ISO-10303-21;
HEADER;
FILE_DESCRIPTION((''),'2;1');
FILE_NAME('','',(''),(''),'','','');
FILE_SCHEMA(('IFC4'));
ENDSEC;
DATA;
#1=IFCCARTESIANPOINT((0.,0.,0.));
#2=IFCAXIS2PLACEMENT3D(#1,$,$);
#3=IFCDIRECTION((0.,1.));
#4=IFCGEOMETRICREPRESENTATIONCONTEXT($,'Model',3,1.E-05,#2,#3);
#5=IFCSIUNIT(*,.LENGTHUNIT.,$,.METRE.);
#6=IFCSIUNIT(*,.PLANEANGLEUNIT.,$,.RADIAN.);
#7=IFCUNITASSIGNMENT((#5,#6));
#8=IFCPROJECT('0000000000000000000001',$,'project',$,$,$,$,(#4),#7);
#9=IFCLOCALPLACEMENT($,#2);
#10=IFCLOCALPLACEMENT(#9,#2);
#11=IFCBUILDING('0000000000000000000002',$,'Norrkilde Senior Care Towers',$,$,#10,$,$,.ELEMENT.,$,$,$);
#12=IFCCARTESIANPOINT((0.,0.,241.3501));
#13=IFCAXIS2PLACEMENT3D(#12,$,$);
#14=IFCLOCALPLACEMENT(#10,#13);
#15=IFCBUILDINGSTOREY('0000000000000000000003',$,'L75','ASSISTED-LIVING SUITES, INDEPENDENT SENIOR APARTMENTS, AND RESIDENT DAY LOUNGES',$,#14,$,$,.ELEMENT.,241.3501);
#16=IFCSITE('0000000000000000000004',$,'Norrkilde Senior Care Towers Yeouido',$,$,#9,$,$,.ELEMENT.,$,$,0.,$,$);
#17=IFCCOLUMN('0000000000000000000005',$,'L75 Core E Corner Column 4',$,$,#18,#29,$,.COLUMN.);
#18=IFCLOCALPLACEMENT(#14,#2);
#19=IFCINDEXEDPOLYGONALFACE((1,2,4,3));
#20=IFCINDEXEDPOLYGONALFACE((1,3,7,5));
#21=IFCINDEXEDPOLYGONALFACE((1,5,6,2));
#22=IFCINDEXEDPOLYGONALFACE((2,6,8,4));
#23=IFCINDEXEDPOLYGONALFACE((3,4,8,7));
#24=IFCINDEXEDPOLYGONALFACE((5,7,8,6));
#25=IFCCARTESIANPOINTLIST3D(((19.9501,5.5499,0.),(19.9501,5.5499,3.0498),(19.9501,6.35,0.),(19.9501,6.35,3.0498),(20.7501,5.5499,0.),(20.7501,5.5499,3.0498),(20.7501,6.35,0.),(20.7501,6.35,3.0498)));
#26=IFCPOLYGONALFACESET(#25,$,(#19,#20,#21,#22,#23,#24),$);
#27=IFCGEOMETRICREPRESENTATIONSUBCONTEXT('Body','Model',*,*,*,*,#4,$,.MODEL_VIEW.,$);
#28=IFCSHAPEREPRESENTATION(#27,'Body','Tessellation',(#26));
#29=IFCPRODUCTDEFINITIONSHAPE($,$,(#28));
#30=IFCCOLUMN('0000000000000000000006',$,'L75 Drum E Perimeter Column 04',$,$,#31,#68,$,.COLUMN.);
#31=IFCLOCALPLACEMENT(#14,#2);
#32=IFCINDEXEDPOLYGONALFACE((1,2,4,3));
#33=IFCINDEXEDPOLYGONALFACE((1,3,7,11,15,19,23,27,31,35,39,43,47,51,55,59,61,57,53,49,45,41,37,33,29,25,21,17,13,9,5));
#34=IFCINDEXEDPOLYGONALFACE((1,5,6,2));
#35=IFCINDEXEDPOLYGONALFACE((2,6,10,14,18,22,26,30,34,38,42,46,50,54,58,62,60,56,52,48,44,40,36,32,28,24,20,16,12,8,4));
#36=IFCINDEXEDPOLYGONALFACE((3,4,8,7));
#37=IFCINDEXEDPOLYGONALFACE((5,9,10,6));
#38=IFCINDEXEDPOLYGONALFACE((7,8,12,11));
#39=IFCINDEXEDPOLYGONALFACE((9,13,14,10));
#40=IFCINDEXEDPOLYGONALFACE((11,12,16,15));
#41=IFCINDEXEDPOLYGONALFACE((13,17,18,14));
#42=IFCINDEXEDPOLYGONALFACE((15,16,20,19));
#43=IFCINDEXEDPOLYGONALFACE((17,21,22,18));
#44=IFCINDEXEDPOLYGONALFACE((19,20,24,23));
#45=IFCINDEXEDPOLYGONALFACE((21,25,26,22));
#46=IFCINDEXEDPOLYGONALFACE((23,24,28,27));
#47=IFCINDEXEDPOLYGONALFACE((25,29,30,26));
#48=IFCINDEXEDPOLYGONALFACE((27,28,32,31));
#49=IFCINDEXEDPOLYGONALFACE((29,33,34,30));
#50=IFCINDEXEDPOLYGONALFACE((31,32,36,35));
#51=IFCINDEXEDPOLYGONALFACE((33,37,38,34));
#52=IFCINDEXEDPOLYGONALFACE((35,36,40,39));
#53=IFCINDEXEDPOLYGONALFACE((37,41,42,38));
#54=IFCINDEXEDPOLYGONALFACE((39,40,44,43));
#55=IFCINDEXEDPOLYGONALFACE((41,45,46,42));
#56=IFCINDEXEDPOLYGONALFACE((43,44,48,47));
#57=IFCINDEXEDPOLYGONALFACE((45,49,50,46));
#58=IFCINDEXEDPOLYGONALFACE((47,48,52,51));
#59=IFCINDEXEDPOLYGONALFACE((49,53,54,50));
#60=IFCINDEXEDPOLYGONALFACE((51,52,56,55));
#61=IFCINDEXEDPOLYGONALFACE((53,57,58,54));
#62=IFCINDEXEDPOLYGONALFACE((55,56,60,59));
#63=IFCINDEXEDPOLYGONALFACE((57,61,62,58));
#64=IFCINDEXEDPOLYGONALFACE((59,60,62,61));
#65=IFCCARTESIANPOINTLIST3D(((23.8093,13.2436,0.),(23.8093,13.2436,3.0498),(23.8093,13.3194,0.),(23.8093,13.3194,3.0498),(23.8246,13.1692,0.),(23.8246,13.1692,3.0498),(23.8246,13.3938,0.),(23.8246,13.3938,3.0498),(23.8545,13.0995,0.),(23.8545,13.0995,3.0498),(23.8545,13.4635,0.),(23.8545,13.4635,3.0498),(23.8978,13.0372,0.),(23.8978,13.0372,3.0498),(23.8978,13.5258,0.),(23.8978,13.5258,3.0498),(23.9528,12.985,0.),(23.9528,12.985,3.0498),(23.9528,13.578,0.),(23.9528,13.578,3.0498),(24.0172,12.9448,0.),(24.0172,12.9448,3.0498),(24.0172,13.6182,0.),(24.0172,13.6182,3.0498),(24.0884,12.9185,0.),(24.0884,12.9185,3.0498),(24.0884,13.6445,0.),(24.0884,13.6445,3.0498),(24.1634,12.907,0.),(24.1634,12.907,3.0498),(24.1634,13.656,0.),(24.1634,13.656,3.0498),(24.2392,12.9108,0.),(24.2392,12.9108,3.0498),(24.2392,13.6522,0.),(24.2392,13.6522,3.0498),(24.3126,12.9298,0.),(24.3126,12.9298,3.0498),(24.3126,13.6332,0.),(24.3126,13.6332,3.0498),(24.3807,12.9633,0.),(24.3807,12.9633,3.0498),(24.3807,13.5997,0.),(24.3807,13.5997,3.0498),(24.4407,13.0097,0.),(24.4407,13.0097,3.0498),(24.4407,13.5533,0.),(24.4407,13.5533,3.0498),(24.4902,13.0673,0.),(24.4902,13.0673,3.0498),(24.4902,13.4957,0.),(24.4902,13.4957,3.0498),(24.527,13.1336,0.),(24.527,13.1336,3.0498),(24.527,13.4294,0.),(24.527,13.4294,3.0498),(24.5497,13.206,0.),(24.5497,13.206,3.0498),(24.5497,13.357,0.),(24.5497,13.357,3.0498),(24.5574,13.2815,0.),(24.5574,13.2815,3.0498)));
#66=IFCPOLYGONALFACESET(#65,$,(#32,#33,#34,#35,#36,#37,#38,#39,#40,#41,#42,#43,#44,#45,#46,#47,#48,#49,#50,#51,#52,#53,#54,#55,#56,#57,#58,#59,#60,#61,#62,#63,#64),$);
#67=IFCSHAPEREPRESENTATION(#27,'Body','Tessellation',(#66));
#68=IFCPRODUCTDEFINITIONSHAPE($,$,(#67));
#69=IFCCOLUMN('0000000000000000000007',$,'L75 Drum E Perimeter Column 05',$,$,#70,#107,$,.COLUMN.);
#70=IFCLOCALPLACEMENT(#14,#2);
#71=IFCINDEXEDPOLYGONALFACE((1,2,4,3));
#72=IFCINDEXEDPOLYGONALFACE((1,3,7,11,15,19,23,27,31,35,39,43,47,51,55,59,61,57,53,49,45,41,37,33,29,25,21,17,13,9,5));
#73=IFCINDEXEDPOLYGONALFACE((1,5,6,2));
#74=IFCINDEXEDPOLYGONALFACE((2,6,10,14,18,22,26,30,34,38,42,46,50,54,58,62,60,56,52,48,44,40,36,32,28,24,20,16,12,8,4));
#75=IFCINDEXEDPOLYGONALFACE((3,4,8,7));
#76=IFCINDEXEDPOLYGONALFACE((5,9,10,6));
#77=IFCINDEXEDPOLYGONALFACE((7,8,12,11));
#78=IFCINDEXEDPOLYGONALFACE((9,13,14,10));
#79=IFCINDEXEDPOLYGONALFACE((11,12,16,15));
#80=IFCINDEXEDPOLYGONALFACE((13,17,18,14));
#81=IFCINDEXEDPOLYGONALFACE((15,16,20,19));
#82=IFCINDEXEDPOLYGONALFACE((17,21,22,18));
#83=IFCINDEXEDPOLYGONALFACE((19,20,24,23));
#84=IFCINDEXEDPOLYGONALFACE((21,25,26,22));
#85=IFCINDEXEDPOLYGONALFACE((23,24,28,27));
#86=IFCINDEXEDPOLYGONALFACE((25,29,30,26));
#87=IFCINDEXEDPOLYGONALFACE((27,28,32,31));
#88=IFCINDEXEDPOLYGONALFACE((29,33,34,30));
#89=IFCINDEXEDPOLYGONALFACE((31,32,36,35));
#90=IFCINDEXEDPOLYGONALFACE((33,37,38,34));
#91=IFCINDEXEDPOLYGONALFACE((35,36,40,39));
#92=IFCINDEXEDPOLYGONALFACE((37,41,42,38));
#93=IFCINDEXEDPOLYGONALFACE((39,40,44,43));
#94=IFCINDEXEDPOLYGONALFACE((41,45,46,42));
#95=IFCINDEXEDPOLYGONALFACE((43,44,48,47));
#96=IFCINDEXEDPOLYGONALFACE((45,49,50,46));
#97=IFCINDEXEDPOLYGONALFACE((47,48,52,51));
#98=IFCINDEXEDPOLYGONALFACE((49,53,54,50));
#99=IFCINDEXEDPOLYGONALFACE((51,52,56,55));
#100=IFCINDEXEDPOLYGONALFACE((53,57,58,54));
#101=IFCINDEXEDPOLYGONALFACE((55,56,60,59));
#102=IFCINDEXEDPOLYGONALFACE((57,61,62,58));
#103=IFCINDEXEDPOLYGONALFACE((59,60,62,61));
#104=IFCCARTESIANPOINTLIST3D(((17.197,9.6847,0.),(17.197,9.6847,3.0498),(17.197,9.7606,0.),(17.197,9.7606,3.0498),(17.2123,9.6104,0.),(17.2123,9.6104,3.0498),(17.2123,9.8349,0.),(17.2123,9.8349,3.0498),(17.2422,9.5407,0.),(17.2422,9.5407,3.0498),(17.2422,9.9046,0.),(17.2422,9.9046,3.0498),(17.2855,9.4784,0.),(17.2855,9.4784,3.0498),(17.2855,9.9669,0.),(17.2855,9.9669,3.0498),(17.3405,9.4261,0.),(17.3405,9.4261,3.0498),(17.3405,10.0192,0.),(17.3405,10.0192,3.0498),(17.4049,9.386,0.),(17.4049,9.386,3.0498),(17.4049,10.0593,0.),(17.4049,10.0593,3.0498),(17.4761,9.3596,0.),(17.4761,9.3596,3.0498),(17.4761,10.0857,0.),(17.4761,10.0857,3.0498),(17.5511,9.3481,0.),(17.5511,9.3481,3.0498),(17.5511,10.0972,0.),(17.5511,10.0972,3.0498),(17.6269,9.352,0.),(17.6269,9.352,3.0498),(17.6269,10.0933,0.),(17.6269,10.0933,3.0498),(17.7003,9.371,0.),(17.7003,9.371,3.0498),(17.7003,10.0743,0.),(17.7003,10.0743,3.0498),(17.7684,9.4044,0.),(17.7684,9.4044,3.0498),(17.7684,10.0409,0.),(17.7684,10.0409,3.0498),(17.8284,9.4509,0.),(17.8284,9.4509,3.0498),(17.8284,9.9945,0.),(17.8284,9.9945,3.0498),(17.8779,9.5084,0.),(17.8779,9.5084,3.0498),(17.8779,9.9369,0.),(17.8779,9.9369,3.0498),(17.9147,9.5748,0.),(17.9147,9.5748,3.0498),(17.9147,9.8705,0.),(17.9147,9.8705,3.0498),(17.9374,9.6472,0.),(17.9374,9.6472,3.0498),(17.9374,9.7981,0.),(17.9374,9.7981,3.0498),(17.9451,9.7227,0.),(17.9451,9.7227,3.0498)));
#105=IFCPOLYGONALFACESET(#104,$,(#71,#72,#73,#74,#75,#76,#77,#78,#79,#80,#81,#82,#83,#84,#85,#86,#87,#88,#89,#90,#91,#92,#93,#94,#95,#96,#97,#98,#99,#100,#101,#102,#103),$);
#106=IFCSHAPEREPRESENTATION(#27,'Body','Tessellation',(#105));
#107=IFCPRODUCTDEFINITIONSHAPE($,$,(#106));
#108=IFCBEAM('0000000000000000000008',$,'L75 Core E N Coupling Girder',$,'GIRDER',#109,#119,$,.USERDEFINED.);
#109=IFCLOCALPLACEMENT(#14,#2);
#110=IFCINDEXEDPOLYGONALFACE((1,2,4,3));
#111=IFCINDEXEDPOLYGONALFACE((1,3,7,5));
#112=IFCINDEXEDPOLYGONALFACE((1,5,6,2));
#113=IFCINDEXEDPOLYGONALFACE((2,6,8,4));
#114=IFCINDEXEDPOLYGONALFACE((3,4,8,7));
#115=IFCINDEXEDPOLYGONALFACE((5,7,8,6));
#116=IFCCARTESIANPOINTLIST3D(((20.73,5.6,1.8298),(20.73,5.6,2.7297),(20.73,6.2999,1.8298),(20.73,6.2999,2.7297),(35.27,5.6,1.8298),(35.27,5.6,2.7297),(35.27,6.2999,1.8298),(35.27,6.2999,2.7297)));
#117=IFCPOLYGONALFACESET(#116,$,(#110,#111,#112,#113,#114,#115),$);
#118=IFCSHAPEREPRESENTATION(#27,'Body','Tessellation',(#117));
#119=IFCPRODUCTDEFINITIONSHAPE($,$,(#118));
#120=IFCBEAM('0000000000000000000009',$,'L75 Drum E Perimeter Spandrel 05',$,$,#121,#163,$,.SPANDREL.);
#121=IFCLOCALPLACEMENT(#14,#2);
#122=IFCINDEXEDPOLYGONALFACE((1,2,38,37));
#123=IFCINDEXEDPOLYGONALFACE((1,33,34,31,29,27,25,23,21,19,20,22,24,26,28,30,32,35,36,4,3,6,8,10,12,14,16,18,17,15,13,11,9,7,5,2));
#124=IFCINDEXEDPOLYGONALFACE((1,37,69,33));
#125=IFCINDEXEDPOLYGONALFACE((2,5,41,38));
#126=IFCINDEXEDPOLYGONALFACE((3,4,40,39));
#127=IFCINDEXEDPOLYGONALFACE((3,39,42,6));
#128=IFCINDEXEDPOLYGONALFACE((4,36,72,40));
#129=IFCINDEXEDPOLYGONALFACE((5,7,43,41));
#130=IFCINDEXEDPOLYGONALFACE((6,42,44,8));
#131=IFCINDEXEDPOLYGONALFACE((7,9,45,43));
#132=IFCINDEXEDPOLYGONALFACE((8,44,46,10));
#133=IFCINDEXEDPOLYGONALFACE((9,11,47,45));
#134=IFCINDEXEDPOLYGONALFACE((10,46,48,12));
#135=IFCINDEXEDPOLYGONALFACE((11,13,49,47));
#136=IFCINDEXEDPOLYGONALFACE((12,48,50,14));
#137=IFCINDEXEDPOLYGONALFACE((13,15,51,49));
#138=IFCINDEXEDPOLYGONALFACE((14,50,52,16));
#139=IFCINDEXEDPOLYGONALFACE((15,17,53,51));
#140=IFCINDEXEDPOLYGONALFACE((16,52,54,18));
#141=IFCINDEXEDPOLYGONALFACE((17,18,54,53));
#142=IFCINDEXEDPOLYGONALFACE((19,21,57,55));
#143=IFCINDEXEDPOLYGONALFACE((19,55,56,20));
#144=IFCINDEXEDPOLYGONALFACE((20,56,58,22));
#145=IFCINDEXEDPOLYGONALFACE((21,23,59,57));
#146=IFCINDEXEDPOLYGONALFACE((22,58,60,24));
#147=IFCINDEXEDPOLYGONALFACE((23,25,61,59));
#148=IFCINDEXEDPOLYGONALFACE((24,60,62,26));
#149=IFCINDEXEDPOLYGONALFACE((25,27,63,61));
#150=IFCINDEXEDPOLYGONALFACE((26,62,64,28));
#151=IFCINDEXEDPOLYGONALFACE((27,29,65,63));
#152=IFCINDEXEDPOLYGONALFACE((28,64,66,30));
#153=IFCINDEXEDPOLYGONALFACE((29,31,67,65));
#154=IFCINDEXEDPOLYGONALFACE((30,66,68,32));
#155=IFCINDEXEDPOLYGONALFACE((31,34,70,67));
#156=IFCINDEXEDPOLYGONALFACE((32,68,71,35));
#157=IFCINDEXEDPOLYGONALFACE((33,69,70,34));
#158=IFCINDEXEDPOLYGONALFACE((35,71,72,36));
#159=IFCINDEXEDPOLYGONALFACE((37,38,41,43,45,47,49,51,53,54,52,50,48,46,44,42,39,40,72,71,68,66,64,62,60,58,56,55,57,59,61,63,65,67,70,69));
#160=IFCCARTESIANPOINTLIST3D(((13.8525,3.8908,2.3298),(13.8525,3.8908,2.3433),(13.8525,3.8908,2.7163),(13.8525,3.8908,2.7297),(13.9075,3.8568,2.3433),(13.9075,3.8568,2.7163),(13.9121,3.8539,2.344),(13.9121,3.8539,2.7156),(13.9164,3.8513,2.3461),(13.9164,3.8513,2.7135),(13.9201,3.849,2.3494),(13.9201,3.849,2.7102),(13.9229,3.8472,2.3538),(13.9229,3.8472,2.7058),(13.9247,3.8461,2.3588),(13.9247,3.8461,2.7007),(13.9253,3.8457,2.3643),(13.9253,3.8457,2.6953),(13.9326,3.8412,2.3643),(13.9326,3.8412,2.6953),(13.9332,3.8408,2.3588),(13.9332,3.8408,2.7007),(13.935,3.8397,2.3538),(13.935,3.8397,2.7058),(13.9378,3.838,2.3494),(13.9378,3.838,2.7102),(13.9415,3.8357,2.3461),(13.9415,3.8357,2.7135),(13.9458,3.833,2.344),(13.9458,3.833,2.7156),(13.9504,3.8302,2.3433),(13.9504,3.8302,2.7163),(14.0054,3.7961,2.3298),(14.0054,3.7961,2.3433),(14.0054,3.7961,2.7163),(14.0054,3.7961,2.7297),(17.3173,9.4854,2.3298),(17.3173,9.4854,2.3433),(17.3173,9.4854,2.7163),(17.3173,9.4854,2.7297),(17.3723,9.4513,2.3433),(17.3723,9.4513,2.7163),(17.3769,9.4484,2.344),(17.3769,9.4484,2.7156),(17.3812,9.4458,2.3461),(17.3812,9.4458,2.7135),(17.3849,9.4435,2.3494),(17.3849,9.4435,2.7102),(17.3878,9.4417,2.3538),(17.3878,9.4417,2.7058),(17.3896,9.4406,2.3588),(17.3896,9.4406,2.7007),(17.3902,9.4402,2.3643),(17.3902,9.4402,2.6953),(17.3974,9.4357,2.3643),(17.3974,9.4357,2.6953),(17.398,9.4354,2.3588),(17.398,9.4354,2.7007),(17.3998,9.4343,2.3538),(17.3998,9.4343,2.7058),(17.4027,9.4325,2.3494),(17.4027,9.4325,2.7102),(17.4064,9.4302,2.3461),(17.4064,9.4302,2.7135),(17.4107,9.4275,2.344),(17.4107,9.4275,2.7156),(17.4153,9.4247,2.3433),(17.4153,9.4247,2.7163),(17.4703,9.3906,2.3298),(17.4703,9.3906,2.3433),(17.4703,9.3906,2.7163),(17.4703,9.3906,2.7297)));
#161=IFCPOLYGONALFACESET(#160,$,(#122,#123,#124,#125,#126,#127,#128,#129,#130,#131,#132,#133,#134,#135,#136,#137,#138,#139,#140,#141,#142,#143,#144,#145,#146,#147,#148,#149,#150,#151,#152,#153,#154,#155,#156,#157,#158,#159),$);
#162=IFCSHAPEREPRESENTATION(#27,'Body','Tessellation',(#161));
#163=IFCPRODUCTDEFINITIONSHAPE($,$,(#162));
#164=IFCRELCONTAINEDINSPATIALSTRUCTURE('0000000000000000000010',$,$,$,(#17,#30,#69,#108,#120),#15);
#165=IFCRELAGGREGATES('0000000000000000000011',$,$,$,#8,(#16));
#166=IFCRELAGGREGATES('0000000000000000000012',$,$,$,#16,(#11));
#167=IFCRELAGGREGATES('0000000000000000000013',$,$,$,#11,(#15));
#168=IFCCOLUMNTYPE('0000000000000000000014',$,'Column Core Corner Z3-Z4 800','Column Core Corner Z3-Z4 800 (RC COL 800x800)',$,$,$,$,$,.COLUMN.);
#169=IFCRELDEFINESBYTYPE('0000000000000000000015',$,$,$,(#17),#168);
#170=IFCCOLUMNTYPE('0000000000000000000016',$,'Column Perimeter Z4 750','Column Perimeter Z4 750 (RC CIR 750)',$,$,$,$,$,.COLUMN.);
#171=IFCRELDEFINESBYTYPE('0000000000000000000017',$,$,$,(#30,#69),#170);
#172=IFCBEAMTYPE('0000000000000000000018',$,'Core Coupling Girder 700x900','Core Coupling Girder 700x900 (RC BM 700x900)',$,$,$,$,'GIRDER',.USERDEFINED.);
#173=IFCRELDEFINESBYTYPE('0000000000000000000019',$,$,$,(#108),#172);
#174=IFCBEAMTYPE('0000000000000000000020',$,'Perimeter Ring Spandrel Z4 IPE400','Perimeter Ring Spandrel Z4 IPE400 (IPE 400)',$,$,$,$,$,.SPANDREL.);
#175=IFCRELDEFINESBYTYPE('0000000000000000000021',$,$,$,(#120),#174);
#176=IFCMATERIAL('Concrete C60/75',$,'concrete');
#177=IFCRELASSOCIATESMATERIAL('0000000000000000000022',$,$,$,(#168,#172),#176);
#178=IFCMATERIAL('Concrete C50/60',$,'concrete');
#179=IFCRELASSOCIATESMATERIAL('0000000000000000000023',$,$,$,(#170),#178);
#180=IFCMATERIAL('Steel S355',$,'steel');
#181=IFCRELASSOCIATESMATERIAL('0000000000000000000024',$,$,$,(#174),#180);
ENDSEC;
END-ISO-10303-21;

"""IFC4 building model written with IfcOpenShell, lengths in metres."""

from ifc_helpers import new_model, si_unit, direction, frame, origin, origin_2d, place, context, subcontext, project, spatial, rectangle, circle, i_section, extrude, source, transform, mapped, material, material_profile, profile_set, type_object, type_shapes, element, save


model = new_model("IFC4")

# Units and contexts
model_context = context("Model", 3, precision=1e-05, world=origin(), true_north=direction((0.0, 1.0)))
body_context = subcontext(model_context, "Body", "Model", "MODEL_VIEW")
ifc_project = project(units=[si_unit("LENGTHUNIT", "METRE"), si_unit("PLANEANGLEUNIT", "RADIAN")], contexts=[model_context])

# Site, building, storey
site_placement = place(None, origin())
site = spatial("IfcSite", under=ifc_project, at=site_placement, Name="Norrkilde Senior Care Towers Yeouido", CompositionType="ELEMENT", RefElevation=0.0)
building_placement = place(site_placement, origin())
building = spatial("IfcBuilding", under=site, at=building_placement, Name="Norrkilde Senior Care Towers", CompositionType="ELEMENT")
storey_placement = place(building_placement, frame((0.0, 0.0, 241.3501)))
storey = spatial("IfcBuildingStorey", under=building, at=storey_placement, Name="L75", Description="ASSISTED-LIVING SUITES, INDEPENDENT SENIOR APARTMENTS, AND RESIDENT DAY LOUNGES", CompositionType="ELEMENT", Elevation=241.3501)

# Columns
ifc_material_1 = material(Name="Concrete C60/75", Category="concrete")
ifc_material_profile_1 = material_profile(ifc_material_1, rectangle(XDim=0.8, YDim=0.8, at=origin_2d()), Name="RC COL 800x800")
ifc_profile_set_1 = profile_set([ifc_material_profile_1], Name="Concrete C60/75")
column_type_1 = type_object("IfcColumnType", Name="Column Core Corner Z3-Z4 800", Description="Column Core Corner Z3-Z4 800 (RC COL 800x800)", PredefinedType="COLUMN", material=ifc_profile_set_1)
shared_shape_1 = source(origin(), body_context, "Body", "SweptSolid", [
    extrude(rectangle(XDim=0.8, YDim=0.8, at=origin_2d()), origin(), (0.0, 0.0, 1.0), 3.0498),
])
type_shapes(column_type_1, [shared_shape_1])
column_placement = place(storey_placement, frame((20.3501, 5.95, 0.0), z_axis=(0.0, 0.0, 1.0), x_axis=(1.0, 0.0, 0.0)))
element("IfcColumn", 1, at=column_placement, inside=storey, type_object=column_type_1, Name="L75 Core E Corner Column 4", PredefinedType="COLUMN", context=body_context, shape_type="MappedRepresentation", body=[
    mapped(shared_shape_1, transform((0.0, 0.0, 0.0), x_axis=(1.0, 0.0, 0.0), y_axis=(0.0, 1.0, 0.0), z_axis=(0.0, 0.0, 1.0), scale=1.0)),
])
ifc_material_2 = material(Name="Concrete C50/60", Category="concrete")
ifc_material_profile_2 = material_profile(ifc_material_2, circle(Radius=0.375, at=origin_2d()), Name="RC CIR 750")
ifc_profile_set_2 = profile_set([ifc_material_profile_2], Name="Concrete C50/60")
column_type_2 = type_object("IfcColumnType", Name="Column Perimeter Z4 750", Description="Column Perimeter Z4 750 (RC CIR 750)", PredefinedType="COLUMN", material=ifc_profile_set_2)
shared_shape_2 = source(origin(), body_context, "Body", "SweptSolid", [
    extrude(circle(Radius=0.375, at=origin_2d()), origin(), (0.0, 0.0, 1.0), 3.0498),
])
type_shapes(column_type_2, [shared_shape_2])
for number, where, z_axis, x_axis, name in (
    (2, (24.1824, 13.2815, 0.0), (0.0, 0.0, 1.0), (1.0, 0.0, 0.0), "L75 Drum E Perimeter Column 04"),
    (3, (17.5701, 9.7227, 0.0), (0.0, 0.0, 1.0), (1.0, 0.0, 0.0), "L75 Drum E Perimeter Column 05"),
):
    element("IfcColumn", number, at=place(storey_placement, frame(where, z_axis=z_axis, x_axis=x_axis)), inside=storey, type_object=column_type_2, Name=name, PredefinedType="COLUMN", context=body_context, shape_type="MappedRepresentation", body=[
        mapped(shared_shape_2, transform((0.0, 0.0, 0.0), x_axis=(1.0, 0.0, 0.0), y_axis=(0.0, 1.0, 0.0), z_axis=(0.0, 0.0, 1.0), scale=1.0)),
    ])

# Beams
ifc_material_profile_3 = material_profile(ifc_material_1, rectangle(XDim=0.7, YDim=0.8999, at=origin_2d()), Name="RC BM 700x900")
ifc_profile_set_3 = profile_set([ifc_material_profile_3], Name="Concrete C60/75")
beam_type_1 = type_object("IfcBeamType", Name="Core Coupling Girder 700x900", Description="Core Coupling Girder 700x900 (RC BM 700x900)", ElementType="GIRDER", PredefinedType="USERDEFINED", material=ifc_profile_set_3)
shared_shape_3 = source(origin(), body_context, "Body", "SweptSolid", [
    extrude(rectangle(XDim=0.7, YDim=0.8999, at=origin_2d()), origin(), (0.0, 0.0, 1.0), 14.54),
])
type_shapes(beam_type_1, [shared_shape_3])
beam_1_placement = place(storey_placement, frame((20.73, 5.95, 2.2798), z_axis=(1.0, 0.0, 0.0), x_axis=(0.0, 1.0, 0.0)))
element("IfcBeam", 4, at=beam_1_placement, inside=storey, type_object=beam_type_1, Name="L75 Core E N Coupling Girder", ObjectType="GIRDER", PredefinedType="USERDEFINED", context=body_context, shape_type="MappedRepresentation", body=[
    mapped(shared_shape_3, transform((0.0, 0.0, 0.0), x_axis=(1.0, 0.0, 0.0), y_axis=(0.0, 1.0, 0.0), z_axis=(0.0, 0.0, 1.0), scale=1.0)),
])
ifc_material_3 = material(Name="Steel S355", Category="steel")
ifc_material_profile_4 = material_profile(ifc_material_3, i_section(OverallWidth=0.1799, OverallDepth=0.3999, WebThickness=0.0085, FlangeThickness=0.0134, FilletRadius=0.021, at=origin_2d()), Name="IPE 400")
ifc_profile_set_4 = profile_set([ifc_material_profile_4], Name="Steel S355")
beam_type_2 = type_object("IfcBeamType", Name="Perimeter Ring Spandrel Z4 IPE400", Description="Perimeter Ring Spandrel Z4 IPE400 (IPE 400)", PredefinedType="SPANDREL", material=ifc_profile_set_4)
shared_shape_4 = source(origin(), body_context, "Body", "SweptSolid", [
    extrude(i_section(OverallWidth=0.1799, OverallDepth=0.3999, WebThickness=0.0085, FlangeThickness=0.0134, FilletRadius=0.021, at=origin_2d()), origin(), (0.0, 0.0, 1.0), 6.5806),
])
beam_2_placement = place(storey_placement, frame((17.3938, 9.438, 2.5298), z_axis=(-0.52653, -0.850157, 0.0), x_axis=(0.850157, -0.52653, 0.0)))
element("IfcBeam", 5, at=beam_2_placement, inside=storey, type_object=beam_type_2, Name="L75 Drum E Perimeter Spandrel 05", PredefinedType="SPANDREL", context=body_context, shape_type="MappedRepresentation", body=[
    mapped(shared_shape_4, transform((0.0, 0.0, 0.0), x_axis=(1.0, 0.0, 0.0), y_axis=(0.0, 1.0, 0.0), z_axis=(0.0, 0.0, 1.0), scale=1.0)),
])

save(model, "model.ifc")
